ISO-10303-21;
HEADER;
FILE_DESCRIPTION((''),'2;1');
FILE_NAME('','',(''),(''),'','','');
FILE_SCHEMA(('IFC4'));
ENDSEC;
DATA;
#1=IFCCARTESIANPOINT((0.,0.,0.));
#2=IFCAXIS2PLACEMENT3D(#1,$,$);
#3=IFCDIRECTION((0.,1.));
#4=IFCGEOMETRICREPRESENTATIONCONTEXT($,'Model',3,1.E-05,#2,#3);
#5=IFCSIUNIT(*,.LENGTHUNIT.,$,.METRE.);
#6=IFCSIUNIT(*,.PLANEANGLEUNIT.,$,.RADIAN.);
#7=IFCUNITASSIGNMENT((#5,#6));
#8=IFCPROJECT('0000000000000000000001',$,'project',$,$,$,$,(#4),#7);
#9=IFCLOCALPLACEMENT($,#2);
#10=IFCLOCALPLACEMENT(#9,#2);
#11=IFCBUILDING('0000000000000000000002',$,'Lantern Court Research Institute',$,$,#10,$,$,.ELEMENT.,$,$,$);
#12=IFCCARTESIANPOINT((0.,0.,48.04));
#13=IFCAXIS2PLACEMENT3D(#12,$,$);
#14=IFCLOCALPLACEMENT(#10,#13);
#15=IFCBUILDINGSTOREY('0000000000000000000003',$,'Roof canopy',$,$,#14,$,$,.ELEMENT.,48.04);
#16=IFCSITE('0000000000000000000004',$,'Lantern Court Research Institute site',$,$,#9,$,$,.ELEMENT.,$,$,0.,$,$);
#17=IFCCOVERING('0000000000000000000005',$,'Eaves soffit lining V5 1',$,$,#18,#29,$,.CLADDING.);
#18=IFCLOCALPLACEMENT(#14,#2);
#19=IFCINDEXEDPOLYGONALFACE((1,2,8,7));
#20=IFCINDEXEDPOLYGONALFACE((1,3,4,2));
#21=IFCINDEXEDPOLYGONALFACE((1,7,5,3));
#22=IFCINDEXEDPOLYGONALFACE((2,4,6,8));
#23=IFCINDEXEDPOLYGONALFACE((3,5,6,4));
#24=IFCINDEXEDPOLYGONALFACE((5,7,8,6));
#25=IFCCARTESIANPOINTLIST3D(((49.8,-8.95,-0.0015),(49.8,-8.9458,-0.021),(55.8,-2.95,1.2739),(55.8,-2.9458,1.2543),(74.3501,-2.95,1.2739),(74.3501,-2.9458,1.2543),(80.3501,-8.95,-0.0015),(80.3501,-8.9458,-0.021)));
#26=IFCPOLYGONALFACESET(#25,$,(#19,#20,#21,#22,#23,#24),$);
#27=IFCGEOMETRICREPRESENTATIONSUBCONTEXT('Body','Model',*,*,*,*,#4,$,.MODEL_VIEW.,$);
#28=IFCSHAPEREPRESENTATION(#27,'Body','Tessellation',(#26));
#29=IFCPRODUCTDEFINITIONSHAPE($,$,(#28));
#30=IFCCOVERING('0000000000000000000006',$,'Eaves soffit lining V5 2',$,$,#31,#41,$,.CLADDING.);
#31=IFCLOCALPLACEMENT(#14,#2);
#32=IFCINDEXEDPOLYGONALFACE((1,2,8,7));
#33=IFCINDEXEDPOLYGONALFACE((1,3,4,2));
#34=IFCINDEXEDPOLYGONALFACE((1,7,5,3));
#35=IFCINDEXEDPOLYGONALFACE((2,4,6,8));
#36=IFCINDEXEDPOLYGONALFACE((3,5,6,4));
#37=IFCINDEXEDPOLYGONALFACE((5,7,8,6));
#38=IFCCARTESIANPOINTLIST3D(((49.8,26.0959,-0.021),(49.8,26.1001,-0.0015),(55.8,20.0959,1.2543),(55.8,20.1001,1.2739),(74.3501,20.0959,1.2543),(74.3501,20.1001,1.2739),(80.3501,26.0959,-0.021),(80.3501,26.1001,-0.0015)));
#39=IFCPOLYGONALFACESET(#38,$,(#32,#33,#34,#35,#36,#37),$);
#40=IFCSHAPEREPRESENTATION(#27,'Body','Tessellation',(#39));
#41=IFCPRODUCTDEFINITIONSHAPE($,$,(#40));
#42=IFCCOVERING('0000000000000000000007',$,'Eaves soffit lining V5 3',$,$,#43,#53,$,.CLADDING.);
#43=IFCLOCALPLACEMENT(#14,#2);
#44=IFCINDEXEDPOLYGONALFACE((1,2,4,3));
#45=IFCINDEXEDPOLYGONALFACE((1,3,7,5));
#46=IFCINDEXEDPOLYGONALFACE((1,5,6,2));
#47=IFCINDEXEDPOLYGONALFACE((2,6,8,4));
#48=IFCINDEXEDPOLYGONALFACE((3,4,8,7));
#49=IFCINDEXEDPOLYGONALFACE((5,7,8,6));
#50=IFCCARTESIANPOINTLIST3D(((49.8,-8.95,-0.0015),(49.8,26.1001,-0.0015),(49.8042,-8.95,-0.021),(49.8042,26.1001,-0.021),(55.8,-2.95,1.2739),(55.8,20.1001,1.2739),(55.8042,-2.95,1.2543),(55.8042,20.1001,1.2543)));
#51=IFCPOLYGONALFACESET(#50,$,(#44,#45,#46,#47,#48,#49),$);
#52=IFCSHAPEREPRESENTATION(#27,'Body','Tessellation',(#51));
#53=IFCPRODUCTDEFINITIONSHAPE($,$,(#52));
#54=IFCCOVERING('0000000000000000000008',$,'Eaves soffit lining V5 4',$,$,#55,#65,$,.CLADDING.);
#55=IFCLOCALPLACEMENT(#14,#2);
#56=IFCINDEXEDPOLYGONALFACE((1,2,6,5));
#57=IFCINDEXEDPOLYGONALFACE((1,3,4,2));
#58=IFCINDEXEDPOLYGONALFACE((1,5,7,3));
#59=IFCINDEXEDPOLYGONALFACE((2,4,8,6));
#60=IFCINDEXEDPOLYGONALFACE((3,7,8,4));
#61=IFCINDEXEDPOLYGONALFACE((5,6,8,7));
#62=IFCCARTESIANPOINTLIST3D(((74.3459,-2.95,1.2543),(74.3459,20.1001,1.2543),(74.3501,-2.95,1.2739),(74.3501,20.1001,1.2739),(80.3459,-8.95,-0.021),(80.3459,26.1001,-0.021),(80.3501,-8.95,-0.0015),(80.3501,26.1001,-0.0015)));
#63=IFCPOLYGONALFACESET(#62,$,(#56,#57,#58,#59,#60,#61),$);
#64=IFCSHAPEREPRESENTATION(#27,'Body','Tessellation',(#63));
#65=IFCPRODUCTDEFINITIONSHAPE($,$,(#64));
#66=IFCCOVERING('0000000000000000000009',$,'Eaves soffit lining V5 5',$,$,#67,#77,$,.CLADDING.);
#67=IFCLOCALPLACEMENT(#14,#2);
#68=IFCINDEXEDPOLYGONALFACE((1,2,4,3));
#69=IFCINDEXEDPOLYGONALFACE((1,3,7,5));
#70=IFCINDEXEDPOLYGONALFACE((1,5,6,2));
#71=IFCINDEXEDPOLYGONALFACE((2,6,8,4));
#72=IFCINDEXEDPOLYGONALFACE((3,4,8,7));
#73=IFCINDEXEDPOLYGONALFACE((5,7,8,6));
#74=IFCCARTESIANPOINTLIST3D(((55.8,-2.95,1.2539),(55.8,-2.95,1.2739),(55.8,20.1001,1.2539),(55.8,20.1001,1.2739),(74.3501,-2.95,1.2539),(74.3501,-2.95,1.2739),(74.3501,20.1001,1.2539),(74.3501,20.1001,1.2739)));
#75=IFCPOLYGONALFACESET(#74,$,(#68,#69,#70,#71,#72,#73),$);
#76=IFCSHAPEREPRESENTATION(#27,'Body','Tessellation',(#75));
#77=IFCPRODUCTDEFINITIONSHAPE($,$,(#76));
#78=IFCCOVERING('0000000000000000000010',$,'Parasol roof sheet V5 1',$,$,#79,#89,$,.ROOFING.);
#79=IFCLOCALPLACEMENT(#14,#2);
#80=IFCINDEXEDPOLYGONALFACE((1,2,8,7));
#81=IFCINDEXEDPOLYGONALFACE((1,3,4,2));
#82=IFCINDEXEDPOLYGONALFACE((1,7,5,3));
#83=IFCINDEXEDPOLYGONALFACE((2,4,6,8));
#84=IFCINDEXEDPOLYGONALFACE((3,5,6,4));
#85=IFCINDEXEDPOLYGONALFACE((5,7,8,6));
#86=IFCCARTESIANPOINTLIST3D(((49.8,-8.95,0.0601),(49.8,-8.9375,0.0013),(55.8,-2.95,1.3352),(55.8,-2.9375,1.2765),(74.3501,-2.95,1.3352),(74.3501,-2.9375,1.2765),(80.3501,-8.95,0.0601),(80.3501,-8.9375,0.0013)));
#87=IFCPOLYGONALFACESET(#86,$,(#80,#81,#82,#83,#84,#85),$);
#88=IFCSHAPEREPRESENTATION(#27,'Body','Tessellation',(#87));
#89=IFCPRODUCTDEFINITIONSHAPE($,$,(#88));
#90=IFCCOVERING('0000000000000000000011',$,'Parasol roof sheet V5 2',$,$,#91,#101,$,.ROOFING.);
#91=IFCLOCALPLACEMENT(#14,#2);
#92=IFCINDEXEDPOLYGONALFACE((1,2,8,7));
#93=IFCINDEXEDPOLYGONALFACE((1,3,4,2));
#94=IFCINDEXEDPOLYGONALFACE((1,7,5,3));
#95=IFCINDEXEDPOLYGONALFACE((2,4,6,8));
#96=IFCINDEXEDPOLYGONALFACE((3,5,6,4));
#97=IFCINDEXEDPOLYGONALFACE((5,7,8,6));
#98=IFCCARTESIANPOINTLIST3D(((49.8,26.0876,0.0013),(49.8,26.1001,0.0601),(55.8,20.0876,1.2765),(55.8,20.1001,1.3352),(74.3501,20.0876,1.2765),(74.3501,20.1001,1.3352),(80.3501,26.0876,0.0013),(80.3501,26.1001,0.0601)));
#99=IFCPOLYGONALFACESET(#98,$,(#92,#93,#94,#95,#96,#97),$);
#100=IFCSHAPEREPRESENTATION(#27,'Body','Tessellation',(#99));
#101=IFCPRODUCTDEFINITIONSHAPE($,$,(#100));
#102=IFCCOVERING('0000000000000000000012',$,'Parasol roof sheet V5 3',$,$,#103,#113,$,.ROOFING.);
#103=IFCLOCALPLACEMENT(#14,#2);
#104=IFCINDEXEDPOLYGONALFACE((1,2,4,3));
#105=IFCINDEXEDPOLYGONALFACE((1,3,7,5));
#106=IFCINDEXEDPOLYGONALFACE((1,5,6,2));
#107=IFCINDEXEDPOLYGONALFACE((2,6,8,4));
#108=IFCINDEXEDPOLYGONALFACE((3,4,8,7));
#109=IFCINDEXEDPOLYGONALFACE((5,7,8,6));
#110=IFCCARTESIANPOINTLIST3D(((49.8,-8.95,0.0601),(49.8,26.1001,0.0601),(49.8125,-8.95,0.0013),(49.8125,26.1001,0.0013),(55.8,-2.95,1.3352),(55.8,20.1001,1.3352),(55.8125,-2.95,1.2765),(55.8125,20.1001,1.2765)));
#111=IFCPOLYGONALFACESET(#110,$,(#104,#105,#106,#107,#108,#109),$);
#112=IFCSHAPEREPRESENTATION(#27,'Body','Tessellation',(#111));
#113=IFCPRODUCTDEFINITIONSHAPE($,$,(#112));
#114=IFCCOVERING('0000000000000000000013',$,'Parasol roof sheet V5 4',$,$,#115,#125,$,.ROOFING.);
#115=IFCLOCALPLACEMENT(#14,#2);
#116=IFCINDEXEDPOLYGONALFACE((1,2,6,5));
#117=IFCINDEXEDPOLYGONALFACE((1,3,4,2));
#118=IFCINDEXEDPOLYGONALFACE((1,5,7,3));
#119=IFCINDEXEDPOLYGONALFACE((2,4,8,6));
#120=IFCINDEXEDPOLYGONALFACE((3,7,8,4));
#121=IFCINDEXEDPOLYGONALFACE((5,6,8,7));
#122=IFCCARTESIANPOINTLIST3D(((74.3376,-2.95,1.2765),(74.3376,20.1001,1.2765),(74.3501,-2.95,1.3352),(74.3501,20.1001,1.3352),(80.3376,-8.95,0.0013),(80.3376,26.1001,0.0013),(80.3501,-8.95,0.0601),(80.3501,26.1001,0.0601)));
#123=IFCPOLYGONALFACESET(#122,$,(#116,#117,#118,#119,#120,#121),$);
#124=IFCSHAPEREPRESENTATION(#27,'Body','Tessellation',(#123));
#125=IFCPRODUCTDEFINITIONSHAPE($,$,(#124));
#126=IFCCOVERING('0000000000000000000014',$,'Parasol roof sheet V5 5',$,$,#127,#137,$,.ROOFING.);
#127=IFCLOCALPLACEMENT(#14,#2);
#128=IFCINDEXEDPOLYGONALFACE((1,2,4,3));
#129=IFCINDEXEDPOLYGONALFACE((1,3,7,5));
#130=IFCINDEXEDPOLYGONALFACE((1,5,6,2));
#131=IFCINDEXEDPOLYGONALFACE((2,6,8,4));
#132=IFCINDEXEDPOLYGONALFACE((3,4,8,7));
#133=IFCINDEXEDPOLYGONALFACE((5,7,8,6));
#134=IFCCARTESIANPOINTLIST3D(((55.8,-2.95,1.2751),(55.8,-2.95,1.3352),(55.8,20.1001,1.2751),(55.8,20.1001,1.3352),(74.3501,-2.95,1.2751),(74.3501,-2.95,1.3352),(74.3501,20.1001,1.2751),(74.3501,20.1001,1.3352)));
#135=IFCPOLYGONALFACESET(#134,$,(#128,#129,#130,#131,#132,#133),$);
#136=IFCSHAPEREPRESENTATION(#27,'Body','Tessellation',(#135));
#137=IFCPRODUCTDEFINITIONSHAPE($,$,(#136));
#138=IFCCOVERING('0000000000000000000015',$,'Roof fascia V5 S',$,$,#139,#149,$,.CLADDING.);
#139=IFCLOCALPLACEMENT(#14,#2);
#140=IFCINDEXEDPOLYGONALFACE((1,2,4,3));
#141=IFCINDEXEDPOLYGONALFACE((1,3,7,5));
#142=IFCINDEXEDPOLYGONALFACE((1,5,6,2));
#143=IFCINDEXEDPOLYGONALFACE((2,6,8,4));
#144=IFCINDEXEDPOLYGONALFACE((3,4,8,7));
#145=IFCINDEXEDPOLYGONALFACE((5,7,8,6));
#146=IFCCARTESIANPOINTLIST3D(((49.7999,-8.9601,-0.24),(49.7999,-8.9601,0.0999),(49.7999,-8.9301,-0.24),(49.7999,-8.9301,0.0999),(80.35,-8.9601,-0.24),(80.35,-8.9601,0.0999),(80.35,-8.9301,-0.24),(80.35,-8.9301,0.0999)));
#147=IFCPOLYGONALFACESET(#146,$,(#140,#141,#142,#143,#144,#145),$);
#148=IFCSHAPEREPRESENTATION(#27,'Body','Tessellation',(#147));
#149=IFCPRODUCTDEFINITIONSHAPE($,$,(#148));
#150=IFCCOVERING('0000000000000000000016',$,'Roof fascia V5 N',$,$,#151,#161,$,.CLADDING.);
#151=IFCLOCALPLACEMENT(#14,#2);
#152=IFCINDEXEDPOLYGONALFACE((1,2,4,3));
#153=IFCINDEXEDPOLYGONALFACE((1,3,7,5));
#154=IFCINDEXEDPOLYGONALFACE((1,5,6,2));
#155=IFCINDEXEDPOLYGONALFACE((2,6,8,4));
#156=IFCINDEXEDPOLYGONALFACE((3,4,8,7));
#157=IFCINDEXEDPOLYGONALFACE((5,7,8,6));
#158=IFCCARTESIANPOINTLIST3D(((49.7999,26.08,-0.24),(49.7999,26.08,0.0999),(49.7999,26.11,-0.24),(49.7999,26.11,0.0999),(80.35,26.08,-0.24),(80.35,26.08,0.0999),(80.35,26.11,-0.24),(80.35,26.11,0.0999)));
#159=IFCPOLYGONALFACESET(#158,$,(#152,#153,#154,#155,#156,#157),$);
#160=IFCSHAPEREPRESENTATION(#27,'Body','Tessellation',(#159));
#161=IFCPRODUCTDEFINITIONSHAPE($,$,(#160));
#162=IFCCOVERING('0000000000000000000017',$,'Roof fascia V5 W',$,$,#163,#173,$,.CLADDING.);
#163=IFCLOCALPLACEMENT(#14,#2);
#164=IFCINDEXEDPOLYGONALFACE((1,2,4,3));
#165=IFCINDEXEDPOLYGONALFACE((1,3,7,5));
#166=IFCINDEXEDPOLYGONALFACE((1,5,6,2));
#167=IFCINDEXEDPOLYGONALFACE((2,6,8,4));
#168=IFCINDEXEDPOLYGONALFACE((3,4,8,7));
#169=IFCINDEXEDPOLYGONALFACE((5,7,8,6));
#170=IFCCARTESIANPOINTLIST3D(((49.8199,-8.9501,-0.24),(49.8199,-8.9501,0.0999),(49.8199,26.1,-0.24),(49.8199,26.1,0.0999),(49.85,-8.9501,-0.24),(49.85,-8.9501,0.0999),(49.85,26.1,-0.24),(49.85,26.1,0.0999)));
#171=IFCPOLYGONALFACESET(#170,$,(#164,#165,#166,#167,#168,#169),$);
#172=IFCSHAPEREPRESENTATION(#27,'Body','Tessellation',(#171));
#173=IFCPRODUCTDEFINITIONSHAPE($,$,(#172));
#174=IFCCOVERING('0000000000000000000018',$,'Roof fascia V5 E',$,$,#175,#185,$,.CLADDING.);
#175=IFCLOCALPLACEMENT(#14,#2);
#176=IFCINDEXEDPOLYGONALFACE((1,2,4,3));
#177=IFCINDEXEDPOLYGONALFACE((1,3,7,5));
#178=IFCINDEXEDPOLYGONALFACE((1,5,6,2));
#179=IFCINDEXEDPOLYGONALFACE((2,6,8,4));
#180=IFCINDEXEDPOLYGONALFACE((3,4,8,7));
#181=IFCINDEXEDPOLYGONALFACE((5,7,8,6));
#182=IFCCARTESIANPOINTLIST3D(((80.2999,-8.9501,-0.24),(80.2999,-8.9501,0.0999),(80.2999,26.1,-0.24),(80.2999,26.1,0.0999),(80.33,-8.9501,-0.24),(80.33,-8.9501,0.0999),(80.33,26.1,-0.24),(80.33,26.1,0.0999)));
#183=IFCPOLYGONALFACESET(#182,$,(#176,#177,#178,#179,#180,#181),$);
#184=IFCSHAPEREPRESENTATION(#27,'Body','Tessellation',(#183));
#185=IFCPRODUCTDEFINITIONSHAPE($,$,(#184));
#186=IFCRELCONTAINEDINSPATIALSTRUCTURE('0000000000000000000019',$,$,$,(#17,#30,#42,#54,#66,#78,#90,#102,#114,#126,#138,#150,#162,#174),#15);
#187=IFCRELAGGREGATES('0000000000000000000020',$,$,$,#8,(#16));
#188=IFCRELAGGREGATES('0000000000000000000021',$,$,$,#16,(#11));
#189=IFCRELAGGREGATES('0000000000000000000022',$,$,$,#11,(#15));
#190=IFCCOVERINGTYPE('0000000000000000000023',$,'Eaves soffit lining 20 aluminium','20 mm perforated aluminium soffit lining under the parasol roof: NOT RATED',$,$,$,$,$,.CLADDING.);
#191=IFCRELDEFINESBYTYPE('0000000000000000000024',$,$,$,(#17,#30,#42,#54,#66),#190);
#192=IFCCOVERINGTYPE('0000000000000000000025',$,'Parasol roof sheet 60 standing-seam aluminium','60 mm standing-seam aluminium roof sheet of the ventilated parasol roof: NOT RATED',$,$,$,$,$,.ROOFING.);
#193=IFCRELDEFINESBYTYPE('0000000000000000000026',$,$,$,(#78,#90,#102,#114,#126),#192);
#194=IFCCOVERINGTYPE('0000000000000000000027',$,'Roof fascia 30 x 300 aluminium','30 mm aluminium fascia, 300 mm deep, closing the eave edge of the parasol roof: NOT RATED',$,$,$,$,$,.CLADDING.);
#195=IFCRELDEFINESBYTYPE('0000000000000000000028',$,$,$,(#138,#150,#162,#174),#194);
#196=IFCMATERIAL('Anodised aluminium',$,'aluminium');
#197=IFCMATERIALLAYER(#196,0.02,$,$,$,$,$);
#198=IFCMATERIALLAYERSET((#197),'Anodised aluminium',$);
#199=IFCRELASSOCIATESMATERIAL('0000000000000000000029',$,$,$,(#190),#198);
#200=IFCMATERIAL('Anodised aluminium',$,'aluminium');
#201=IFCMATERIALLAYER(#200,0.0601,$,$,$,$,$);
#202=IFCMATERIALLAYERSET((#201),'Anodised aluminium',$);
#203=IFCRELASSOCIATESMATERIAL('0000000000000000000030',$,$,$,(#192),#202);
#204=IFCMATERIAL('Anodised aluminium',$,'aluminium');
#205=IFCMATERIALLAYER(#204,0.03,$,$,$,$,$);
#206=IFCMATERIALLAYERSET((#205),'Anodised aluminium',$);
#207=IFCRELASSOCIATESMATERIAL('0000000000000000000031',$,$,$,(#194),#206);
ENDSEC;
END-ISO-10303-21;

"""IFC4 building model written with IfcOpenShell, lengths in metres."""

from ifc_helpers import new_model, si_unit, direction, frame, frame_2d, origin, place, context, subcontext, project, spatial, polyline, rectangle, outline, extrude, material, layer, layer_set, type_object, element, save


model = new_model("IFC4")

# Units and contexts
model_context = context("Model", 3, precision=1e-05, world=origin(), true_north=direction((0.0, 1.0)))
body_context = subcontext(model_context, "Body", "Model", "MODEL_VIEW")
ifc_project = project(units=[si_unit("LENGTHUNIT", "METRE"), si_unit("PLANEANGLEUNIT", "RADIAN")], contexts=[model_context])

# Site, building, storey
site_placement = place(None, origin())
site = spatial("IfcSite", under=ifc_project, at=site_placement, Name="Lantern Court Research Institute site", CompositionType="ELEMENT", RefElevation=0.0)
building_placement = place(site_placement, origin())
building = spatial("IfcBuilding", under=site, at=building_placement, Name="Lantern Court Research Institute", CompositionType="ELEMENT")
storey_placement = place(building_placement, frame((0.0, 0.0, 48.04)))
storey = spatial("IfcBuildingStorey", under=building, at=storey_placement, Name="Roof canopy", CompositionType="ELEMENT", Elevation=48.04)

# Coverings
ifc_material_1 = material(Name="Anodised aluminium", Category="aluminium")
ifc_layer_1 = layer(ifc_material_1, 0.02)
ifc_layer_set_1 = layer_set([ifc_layer_1], Name="Anodised aluminium")
covering_type_1 = type_object("IfcCoveringType", Name="Eaves soffit lining 20 aluminium", Description="20 mm perforated aluminium soffit lining under the parasol roof: NOT RATED", PredefinedType="CLADDING", material=ifc_layer_set_1)
covering_1_placement = place(storey_placement, frame((49.8, -8.95, -0.0015), z_axis=(0.0, -0.20792, 0.978146), x_axis=(1.0, 0.0, 0.0)))
element("IfcCovering", 1, at=covering_1_placement, inside=storey, type_object=covering_type_1, Name="Eaves soffit lining V5 1", PredefinedType="CLADDING", context=body_context, shape_type="SweptSolid", body=[
    extrude(outline(polyline([(0.0, 0.0), (30.55, 0.0), (24.55, 6.1341), (6.0, 6.1341), (0.0, 0.0)])), origin(), (0.0, 0.0, -1.0), 0.02),
])
covering_2_placement = place(storey_placement, frame((49.8, 26.1001, -0.0015), z_axis=(0.0, 0.20792, 0.978146), x_axis=(1.0, 0.0, 0.0)))
element("IfcCovering", 2, at=covering_2_placement, inside=storey, type_object=covering_type_1, Name="Eaves soffit lining V5 2", PredefinedType="CLADDING", context=body_context, shape_type="SweptSolid", body=[
    extrude(outline(polyline([(0.0, 0.0), (30.55, 0.0), (24.55, -6.1341), (6.0, -6.1341), (0.0, 0.0)])), origin(), (0.0, 0.0, -1.0), 0.02),
])
covering_3_placement = place(storey_placement, frame((49.8, -8.95, -0.0015), z_axis=(-0.20792, 0.0, 0.978146), x_axis=(0.0, 1.0, 0.0)))
element("IfcCovering", 3, at=covering_3_placement, inside=storey, type_object=covering_type_1, Name="Eaves soffit lining V5 3", PredefinedType="CLADDING", context=body_context, shape_type="SweptSolid", body=[
    extrude(outline(polyline([(0.0, 0.0), (35.05, 0.0), (29.05, -6.1341), (6.0, -6.1341), (0.0, 0.0)])), origin(), (0.0, 0.0, -1.0), 0.02),
])
covering_4_placement = place(storey_placement, frame((80.3501, -8.95, -0.0015), z_axis=(0.20792, 0.0, 0.978146), x_axis=(0.0, 1.0, 0.0)))
element("IfcCovering", 4, at=covering_4_placement, inside=storey, type_object=covering_type_1, Name="Eaves soffit lining V5 4", PredefinedType="CLADDING", context=body_context, shape_type="SweptSolid", body=[
    extrude(outline(polyline([(0.0, 0.0), (35.05, 0.0), (29.05, 6.1341), (6.0, 6.1341), (0.0, 0.0)])), origin(), (0.0, 0.0, -1.0), 0.02),
])
covering_5_placement = place(storey_placement, frame((55.8, -2.95, 1.2739), z_axis=(0.0, 0.0, 1.0), x_axis=(1.0, 0.0, 0.0)))
element("IfcCovering", 5, at=covering_5_placement, inside=storey, type_object=covering_type_1, Name="Eaves soffit lining V5 5", PredefinedType="CLADDING", context=body_context, shape_type="SweptSolid", body=[
    extrude(outline(polyline([(0.0, 0.0), (18.55, 0.0), (18.55, 23.05), (0.0, 23.05), (0.0, 0.0)])), origin(), (0.0, 0.0, -1.0), 0.02),
])
ifc_material_2 = material(Name="Anodised aluminium", Category="aluminium")
ifc_layer_2 = layer(ifc_material_2, 0.0601)
ifc_layer_set_2 = layer_set([ifc_layer_2], Name="Anodised aluminium")
covering_type_2 = type_object("IfcCoveringType", Name="Parasol roof sheet 60 standing-seam aluminium", Description="60 mm standing-seam aluminium roof sheet of the ventilated parasol roof: NOT RATED", PredefinedType="ROOFING", material=ifc_layer_set_2)
covering_6_placement = place(storey_placement, frame((49.8, -8.95, 0.0601), z_axis=(0.0, -0.207882, 0.978154), x_axis=(1.0, 0.0, 0.0)))
element("IfcCovering", 6, at=covering_6_placement, inside=storey, type_object=covering_type_2, Name="Parasol roof sheet V5 1", PredefinedType="ROOFING", context=body_context, shape_type="SweptSolid", body=[
    extrude(outline(polyline([(0.0, 0.0), (30.55, 0.0), (24.55, 6.134), (6.0, 6.134), (0.0, 0.0)])), origin(), (0.0, 0.0, -1.0), 0.0601),
])
covering_7_placement = place(storey_placement, frame((49.8, 26.1001, 0.0601), z_axis=(0.0, 0.207882, 0.978154), x_axis=(1.0, 0.0, 0.0)))
element("IfcCovering", 7, at=covering_7_placement, inside=storey, type_object=covering_type_2, Name="Parasol roof sheet V5 2", PredefinedType="ROOFING", context=body_context, shape_type="SweptSolid", body=[
    extrude(outline(polyline([(0.0, 0.0), (30.55, 0.0), (24.55, -6.134), (6.0, -6.134), (0.0, 0.0)])), origin(), (0.0, 0.0, -1.0), 0.0601),
])
covering_8_placement = place(storey_placement, frame((49.8, -8.95, 0.0601), z_axis=(-0.207882, 0.0, 0.978154), x_axis=(0.0, 1.0, 0.0)))
element("IfcCovering", 8, at=covering_8_placement, inside=storey, type_object=covering_type_2, Name="Parasol roof sheet V5 3", PredefinedType="ROOFING", context=body_context, shape_type="SweptSolid", body=[
    extrude(outline(polyline([(0.0, 0.0), (35.05, 0.0), (29.05, -6.134), (6.0, -6.134), (0.0, 0.0)])), origin(), (0.0, 0.0, -1.0), 0.0601),
])
covering_9_placement = place(storey_placement, frame((80.3501, -8.95, 0.0601), z_axis=(0.207882, 0.0, 0.978154), x_axis=(0.0, 1.0, 0.0)))
element("IfcCovering", 9, at=covering_9_placement, inside=storey, type_object=covering_type_2, Name="Parasol roof sheet V5 4", PredefinedType="ROOFING", context=body_context, shape_type="SweptSolid", body=[
    extrude(outline(polyline([(0.0, 0.0), (35.05, 0.0), (29.05, 6.134), (6.0, 6.134), (0.0, 0.0)])), origin(), (0.0, 0.0, -1.0), 0.0601),
])
covering_10_placement = place(storey_placement, frame((55.8, -2.95, 1.3352), z_axis=(0.0, 0.0, 1.0), x_axis=(1.0, 0.0, 0.0)))
element("IfcCovering", 10, at=covering_10_placement, inside=storey, type_object=covering_type_2, Name="Parasol roof sheet V5 5", PredefinedType="ROOFING", context=body_context, shape_type="SweptSolid", body=[
    extrude(outline(polyline([(0.0, 0.0), (18.55, 0.0), (18.55, 23.05), (0.0, 23.05), (0.0, 0.0)])), origin(), (0.0, 0.0, -1.0), 0.0601),
])
ifc_material_3 = material(Name="Anodised aluminium", Category="aluminium")
ifc_layer_3 = layer(ifc_material_3, 0.03)
ifc_layer_set_3 = layer_set([ifc_layer_3], Name="Anodised aluminium")
covering_type_3 = type_object("IfcCoveringType", Name="Roof fascia 30 x 300 aluminium", Description="30 mm aluminium fascia, 300 mm deep, closing the eave edge of the parasol roof: NOT RATED", PredefinedType="CLADDING", material=ifc_layer_set_3)
for number, where, z_axis, x_axis, name in (
    (11, (49.8, -8.9451, -0.24), (0.0, 0.0, 1.0), (1.0, 0.0, 0.0), "Roof fascia V5 S"),
    (12, (49.8, 26.095, -0.24), (0.0, 0.0, 1.0), (1.0, 0.0, 0.0), "Roof fascia V5 N"),
):
    element("IfcCovering", number, at=place(storey_placement, frame(where, z_axis=z_axis, x_axis=x_axis)), inside=storey, type_object=covering_type_3, Name=name, PredefinedType="CLADDING", context=body_context, shape_type="SweptSolid", body=[
        extrude(rectangle(XDim=30.55, YDim=0.03, at=frame_2d((15.2749, 0.0))), origin(), (0.0, 0.0, 1.0), 0.3398),
    ])
for number, where, z_axis, x_axis, name in (
    (13, (49.835, -8.95, -0.24), (0.0, 0.0, 1.0), (0.0, 1.0, 0.0), "Roof fascia V5 W"),
    (14, (80.3149, -8.95, -0.24), (0.0, 0.0, 1.0), (0.0, 1.0, 0.0), "Roof fascia V5 E"),
):
    element("IfcCovering", number, at=place(storey_placement, frame(where, z_axis=z_axis, x_axis=x_axis)), inside=storey, type_object=covering_type_3, Name=name, PredefinedType="CLADDING", context=body_context, shape_type="SweptSolid", body=[
        extrude(rectangle(XDim=35.05, YDim=0.03, at=frame_2d((17.5249, 0.0))), origin(), (0.0, 0.0, 1.0), 0.3398),
    ])

save(model, "model.ifc")
